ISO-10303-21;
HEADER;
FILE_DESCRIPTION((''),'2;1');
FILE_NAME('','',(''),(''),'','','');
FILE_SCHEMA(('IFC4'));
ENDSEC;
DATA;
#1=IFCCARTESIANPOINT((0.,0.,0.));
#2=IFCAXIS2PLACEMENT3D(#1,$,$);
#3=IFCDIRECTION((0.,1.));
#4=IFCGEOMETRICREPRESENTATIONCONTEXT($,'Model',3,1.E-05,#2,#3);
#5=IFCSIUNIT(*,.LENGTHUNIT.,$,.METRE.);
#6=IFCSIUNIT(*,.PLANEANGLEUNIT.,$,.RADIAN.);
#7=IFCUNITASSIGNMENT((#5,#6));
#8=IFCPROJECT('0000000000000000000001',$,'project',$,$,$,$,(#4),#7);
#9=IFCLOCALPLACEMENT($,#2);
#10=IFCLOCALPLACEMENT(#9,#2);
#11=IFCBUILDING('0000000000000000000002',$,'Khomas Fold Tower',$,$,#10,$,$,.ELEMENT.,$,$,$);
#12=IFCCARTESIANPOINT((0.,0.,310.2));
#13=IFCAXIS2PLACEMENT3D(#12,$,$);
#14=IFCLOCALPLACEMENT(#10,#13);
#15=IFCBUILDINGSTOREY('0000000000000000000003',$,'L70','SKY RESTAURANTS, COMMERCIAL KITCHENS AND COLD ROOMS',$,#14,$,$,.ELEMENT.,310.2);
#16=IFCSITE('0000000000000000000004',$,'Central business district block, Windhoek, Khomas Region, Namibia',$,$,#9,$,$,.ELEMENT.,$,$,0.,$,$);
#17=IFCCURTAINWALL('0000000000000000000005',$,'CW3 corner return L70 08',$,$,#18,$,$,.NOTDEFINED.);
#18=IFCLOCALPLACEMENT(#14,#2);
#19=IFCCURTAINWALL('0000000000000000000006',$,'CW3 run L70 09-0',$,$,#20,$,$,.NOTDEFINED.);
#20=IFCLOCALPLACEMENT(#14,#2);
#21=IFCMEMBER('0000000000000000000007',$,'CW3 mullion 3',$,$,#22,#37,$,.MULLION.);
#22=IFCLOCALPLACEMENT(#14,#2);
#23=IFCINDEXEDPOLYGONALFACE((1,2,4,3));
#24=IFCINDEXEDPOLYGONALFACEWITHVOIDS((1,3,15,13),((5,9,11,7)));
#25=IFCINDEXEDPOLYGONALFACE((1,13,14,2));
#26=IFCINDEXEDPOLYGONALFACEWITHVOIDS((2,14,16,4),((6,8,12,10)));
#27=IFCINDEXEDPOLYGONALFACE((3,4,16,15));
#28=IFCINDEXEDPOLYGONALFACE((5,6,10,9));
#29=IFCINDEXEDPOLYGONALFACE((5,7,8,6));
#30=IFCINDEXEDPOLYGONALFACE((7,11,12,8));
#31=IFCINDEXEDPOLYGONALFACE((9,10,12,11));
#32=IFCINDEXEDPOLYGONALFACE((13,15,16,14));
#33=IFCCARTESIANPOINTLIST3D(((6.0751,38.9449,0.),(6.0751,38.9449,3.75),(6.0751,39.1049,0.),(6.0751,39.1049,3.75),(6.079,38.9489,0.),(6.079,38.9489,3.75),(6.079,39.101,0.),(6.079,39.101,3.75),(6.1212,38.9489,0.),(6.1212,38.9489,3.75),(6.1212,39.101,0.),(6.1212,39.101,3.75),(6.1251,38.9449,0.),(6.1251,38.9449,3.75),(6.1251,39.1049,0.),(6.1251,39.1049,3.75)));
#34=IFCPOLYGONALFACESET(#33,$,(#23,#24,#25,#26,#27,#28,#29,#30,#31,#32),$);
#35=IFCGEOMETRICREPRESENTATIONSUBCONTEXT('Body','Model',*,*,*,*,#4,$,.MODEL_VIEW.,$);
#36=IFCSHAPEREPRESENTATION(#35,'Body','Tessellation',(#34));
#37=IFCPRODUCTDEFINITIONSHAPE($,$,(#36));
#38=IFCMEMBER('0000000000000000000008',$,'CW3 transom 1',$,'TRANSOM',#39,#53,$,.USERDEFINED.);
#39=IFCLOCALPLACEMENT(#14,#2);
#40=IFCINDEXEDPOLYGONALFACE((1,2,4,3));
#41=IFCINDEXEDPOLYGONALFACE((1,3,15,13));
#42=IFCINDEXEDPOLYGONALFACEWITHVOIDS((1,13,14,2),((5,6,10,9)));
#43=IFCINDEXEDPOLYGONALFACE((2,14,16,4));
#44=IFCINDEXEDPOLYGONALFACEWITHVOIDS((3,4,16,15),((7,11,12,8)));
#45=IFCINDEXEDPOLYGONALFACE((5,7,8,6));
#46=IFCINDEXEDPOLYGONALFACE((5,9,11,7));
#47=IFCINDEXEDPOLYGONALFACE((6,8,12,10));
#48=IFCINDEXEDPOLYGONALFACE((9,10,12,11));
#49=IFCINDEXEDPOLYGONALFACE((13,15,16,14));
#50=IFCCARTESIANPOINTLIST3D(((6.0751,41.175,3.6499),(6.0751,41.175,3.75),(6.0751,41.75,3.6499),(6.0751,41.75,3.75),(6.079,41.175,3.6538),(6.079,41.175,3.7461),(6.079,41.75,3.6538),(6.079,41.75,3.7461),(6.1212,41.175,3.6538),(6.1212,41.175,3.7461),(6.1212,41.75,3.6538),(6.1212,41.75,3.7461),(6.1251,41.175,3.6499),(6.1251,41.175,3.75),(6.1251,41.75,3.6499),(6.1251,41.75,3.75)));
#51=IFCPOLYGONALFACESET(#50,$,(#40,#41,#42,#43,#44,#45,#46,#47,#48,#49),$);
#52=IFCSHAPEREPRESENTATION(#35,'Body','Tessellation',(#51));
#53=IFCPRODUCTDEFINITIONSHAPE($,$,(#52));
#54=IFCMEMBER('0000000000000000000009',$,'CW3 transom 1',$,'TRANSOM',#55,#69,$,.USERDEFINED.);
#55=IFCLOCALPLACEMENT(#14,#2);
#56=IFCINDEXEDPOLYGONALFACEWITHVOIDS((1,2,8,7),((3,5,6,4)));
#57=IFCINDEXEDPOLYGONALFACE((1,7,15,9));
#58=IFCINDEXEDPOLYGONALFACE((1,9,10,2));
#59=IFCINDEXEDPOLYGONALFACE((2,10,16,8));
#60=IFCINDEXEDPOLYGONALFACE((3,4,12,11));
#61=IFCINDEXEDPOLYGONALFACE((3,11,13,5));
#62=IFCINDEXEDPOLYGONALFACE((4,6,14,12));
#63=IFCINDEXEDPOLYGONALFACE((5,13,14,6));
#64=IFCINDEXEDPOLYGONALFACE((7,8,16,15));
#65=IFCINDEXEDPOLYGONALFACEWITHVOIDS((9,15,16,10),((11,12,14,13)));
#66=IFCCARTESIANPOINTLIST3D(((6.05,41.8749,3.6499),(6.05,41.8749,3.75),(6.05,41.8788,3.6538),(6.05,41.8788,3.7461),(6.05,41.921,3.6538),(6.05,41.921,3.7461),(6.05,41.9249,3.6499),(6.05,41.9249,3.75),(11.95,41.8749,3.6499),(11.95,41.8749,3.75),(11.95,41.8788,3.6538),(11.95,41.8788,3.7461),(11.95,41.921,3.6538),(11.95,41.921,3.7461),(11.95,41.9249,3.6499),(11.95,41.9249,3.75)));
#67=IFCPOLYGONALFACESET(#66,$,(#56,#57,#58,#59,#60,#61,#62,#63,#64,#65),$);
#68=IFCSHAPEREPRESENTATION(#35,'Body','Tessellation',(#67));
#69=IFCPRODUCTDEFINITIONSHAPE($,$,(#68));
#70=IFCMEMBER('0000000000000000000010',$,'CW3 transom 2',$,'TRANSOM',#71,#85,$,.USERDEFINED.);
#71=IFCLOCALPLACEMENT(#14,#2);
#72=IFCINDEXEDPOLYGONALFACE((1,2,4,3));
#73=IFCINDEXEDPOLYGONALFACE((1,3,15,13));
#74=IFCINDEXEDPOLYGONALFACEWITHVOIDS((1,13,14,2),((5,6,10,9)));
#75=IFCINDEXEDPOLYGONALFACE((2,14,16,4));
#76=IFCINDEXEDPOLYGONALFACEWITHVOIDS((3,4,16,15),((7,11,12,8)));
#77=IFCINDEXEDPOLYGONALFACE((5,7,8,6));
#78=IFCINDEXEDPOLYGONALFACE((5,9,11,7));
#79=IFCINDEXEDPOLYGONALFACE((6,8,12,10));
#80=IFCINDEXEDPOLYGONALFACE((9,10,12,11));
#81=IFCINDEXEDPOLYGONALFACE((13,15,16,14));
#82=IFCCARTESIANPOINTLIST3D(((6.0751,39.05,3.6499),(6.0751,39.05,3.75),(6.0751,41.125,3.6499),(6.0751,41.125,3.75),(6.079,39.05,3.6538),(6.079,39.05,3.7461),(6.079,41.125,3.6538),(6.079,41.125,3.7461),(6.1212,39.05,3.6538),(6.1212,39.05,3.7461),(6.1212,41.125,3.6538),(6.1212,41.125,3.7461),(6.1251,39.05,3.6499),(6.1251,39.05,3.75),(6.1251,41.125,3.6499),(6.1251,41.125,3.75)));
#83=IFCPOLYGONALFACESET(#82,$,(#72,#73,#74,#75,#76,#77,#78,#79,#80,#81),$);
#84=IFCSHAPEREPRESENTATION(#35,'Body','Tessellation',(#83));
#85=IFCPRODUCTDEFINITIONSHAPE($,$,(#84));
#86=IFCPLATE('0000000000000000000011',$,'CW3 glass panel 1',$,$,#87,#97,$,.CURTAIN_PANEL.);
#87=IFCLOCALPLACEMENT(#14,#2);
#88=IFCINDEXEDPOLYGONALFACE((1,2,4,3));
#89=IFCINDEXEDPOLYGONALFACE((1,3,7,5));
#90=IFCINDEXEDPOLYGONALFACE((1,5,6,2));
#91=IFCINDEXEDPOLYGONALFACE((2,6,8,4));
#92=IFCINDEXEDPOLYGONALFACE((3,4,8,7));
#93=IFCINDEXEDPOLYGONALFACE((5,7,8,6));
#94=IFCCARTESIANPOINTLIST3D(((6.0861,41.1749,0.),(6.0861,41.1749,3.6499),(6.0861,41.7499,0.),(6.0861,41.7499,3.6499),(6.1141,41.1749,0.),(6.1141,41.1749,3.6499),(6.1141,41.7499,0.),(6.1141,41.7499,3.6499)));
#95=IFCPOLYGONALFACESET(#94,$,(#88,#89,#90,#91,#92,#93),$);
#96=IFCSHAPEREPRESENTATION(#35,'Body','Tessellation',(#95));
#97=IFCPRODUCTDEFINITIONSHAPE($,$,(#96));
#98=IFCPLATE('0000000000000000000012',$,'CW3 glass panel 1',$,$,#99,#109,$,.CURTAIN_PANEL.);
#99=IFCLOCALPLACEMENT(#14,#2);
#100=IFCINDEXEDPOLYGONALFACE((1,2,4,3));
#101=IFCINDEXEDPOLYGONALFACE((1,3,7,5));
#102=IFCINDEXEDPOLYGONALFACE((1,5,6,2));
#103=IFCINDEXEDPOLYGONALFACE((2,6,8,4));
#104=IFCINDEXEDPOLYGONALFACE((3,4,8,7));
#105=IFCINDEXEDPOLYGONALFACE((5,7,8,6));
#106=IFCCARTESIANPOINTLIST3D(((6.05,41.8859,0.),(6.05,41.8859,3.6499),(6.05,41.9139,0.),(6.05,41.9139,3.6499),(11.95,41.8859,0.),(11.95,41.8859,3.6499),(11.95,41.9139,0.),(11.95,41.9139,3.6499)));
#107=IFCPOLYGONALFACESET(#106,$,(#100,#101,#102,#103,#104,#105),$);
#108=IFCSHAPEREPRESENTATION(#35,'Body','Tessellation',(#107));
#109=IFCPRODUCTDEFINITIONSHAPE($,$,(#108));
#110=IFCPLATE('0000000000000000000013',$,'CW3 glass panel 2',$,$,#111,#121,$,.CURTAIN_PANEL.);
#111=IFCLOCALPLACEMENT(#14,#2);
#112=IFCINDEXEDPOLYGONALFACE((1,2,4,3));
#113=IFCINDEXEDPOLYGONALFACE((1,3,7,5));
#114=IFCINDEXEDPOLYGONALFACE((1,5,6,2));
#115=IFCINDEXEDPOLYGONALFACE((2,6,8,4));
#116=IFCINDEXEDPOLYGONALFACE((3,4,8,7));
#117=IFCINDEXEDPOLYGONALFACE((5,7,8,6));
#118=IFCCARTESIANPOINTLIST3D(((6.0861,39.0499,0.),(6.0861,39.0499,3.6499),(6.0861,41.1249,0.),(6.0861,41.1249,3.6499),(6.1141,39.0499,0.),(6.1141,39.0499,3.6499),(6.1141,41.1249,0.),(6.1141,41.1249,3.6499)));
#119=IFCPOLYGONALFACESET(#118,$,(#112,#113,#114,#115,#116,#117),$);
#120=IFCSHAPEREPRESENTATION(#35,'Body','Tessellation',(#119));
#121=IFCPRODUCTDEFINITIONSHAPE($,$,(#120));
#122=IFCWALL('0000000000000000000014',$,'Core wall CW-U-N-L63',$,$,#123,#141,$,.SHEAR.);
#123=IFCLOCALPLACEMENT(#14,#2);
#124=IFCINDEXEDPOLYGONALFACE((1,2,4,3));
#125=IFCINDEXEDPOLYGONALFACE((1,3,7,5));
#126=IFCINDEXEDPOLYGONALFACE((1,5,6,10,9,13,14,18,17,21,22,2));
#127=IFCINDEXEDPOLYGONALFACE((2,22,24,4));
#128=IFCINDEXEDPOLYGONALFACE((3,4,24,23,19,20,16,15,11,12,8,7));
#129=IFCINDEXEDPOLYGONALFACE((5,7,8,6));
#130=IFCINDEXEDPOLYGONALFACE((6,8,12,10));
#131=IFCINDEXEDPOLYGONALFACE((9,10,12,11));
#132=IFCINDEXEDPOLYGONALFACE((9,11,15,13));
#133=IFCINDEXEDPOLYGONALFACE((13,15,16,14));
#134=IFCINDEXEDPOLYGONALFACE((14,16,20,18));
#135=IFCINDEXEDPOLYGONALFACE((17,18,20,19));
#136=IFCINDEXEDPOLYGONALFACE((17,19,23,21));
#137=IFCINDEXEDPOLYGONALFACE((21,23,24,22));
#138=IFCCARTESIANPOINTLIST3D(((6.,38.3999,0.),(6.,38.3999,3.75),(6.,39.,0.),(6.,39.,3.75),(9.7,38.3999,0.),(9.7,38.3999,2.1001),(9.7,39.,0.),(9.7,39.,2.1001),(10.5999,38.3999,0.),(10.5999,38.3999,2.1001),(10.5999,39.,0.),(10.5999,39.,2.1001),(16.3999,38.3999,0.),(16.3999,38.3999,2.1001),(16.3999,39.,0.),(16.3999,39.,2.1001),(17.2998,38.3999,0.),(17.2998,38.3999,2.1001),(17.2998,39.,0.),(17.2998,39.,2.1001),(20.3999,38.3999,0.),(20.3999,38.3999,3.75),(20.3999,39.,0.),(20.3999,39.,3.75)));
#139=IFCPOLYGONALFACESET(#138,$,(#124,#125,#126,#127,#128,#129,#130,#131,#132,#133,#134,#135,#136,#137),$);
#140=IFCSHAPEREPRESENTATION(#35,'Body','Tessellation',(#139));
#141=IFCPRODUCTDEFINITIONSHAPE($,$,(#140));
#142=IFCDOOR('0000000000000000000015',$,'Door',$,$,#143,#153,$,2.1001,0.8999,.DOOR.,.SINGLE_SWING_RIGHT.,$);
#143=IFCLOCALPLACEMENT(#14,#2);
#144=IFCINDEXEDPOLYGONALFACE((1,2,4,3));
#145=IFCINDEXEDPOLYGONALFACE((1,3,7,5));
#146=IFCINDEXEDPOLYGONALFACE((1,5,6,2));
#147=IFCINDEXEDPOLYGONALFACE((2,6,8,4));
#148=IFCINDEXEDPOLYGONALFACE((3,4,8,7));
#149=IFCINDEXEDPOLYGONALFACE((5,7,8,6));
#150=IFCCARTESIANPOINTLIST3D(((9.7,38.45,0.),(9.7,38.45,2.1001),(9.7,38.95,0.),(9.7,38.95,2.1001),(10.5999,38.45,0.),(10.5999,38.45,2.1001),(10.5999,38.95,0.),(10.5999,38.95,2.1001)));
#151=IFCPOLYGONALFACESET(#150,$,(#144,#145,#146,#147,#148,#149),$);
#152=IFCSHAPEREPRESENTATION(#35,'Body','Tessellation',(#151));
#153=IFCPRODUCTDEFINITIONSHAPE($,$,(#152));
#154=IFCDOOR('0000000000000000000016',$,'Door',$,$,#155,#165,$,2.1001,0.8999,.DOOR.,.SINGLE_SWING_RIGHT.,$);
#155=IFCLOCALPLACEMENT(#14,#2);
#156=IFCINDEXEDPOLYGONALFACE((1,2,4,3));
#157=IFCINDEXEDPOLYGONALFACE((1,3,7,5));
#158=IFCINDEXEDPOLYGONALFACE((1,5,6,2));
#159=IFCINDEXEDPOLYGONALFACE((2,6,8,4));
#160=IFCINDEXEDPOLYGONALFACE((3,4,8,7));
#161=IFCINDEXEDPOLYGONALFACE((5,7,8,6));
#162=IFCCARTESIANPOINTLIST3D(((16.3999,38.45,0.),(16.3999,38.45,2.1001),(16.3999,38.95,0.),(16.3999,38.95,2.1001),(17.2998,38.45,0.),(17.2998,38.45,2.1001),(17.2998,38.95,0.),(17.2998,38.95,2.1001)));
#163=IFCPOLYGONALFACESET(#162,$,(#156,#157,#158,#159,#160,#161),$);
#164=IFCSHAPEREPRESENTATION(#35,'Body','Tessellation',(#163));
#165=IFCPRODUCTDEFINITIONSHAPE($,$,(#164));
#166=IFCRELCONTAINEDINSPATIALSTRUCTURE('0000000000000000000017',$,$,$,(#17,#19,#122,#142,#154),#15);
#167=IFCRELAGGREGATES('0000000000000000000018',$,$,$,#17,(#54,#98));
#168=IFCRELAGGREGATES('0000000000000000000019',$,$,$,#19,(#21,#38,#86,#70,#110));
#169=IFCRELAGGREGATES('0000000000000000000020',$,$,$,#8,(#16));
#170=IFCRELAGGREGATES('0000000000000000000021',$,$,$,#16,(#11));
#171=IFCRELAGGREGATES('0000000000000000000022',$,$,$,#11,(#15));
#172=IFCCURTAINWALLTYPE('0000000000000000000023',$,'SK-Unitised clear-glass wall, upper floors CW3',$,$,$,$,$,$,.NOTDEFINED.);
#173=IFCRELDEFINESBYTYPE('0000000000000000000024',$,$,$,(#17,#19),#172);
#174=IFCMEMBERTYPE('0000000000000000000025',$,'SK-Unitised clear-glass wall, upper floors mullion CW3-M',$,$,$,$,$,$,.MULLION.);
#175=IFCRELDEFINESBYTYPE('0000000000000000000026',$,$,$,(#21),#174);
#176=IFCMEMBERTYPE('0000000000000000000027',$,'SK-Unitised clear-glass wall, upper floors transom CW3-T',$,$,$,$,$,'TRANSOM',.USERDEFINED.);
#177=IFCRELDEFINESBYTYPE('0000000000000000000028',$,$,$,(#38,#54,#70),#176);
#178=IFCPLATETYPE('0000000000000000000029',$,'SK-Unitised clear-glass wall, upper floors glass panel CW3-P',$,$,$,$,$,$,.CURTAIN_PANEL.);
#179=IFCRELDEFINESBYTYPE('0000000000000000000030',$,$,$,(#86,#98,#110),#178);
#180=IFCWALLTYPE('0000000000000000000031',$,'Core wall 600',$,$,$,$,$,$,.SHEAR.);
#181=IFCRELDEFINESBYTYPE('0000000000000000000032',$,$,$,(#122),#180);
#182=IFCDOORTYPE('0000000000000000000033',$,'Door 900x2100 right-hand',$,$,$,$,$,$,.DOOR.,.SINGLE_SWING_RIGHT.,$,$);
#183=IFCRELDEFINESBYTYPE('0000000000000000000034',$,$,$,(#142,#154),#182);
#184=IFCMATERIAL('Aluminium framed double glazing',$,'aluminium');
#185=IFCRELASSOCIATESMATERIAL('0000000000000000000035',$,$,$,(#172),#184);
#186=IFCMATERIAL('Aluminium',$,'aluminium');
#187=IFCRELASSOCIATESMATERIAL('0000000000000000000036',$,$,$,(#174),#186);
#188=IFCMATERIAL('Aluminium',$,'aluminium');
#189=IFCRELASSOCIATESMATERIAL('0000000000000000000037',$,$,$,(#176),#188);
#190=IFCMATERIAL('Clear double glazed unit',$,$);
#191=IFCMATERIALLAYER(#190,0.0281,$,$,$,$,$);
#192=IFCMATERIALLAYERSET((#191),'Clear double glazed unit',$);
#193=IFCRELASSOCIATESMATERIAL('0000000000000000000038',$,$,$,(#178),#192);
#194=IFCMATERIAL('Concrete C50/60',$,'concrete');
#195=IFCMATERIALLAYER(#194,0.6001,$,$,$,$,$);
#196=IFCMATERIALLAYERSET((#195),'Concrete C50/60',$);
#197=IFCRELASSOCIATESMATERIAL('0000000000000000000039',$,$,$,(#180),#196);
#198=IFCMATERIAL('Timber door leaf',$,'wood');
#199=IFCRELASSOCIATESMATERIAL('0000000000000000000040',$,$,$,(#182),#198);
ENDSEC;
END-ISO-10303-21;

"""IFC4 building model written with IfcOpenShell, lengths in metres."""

from ifc_helpers import new_model, si_unit, direction, frame, frame_2d, origin, origin_2d, place, context, subcontext, project, spatial, rectangle, hollow_rectangle, extrude, source, transform, mapped, material, layer, layer_set, material_profile, profile_set, type_object, element, fill, aggregate, save


model = new_model("IFC4")

# Units and contexts
model_context = context("Model", 3, precision=1e-05, world=origin(), true_north=direction((0.0, 1.0)))
body_context = subcontext(model_context, "Body", "Model", "MODEL_VIEW")
ifc_project = project(units=[si_unit("LENGTHUNIT", "METRE"), si_unit("PLANEANGLEUNIT", "RADIAN")], contexts=[model_context])

# Site, building, storey
site_placement = place(None, origin())
site = spatial("IfcSite", under=ifc_project, at=site_placement, Name="Central business district block, Windhoek, Khomas Region, Namibia", CompositionType="ELEMENT", RefElevation=0.0)
building_placement = place(site_placement, origin())
building = spatial("IfcBuilding", under=site, at=building_placement, Name="Khomas Fold Tower", CompositionType="ELEMENT")
storey_placement = place(building_placement, frame((0.0, 0.0, 310.2)))
storey = spatial("IfcBuildingStorey", under=building, at=storey_placement, Name="L70", Description="SKY RESTAURANTS, COMMERCIAL KITCHENS AND COLD ROOMS", CompositionType="ELEMENT", Elevation=310.2)

# Curtain walls, members
ifc_material_1 = material(Name="Aluminium framed double glazing", Category="aluminium")
curtain_wall_type = type_object("IfcCurtainWallType", Name="SK-Unitised clear-glass wall, upper floors CW3", PredefinedType="NOTDEFINED", material=ifc_material_1)
curtain_wall_1_placement = place(storey_placement, origin())
curtain_wall_1 = element("IfcCurtainWall", 1, at=curtain_wall_1_placement, inside=storey, type_object=curtain_wall_type, Name="CW3 corner return L70 08", PredefinedType="NOTDEFINED")
ifc_material_2 = material(Name="Aluminium", Category="aluminium")
ifc_material_profile_1 = material_profile(ifc_material_2, hollow_rectangle(XDim=0.05, YDim=0.1599, WallThickness=0.0039, at=origin_2d()), Name="SK-Unitised clear-glass wall, upper floors mullion CW3-M")
ifc_profile_set_1 = profile_set([ifc_material_profile_1], Name="Aluminium")
member_type_1 = type_object("IfcMemberType", Name="SK-Unitised clear-glass wall, upper floors mullion CW3-M", PredefinedType="MULLION", material=ifc_profile_set_1)
shared_shape_1 = source(origin(), body_context, "Body", "SweptSolid", [
    extrude(hollow_rectangle(XDim=0.05, YDim=0.1599, WallThickness=0.0039, at=origin_2d()), origin(), (0.0, 0.0, 1.0), 3.75),
])
curtain_wall_2_placement = place(storey_placement, origin())
curtain_wall_2 = element("IfcCurtainWall", 2, at=curtain_wall_2_placement, inside=storey, type_object=curtain_wall_type, Name="CW3 run L70 09-0", PredefinedType="NOTDEFINED")
member_1_placement = place(storey_placement, frame((6.1001, 39.0249, 0.0), z_axis=(0.0, 0.0, 1.0), x_axis=(1.0, 0.0, 0.0)))
member_1 = element("IfcMember", 3, at=member_1_placement, type_object=member_type_1, Name="CW3 mullion 3", PredefinedType="MULLION", context=body_context, shape_type="MappedRepresentation", body=[
    mapped(shared_shape_1, transform((0.0, 0.0, 0.0))),
])
ifc_material_3 = material(Name="Aluminium", Category="aluminium")
ifc_material_profile_2 = material_profile(ifc_material_3, hollow_rectangle(XDim=0.05, YDim=0.1001, WallThickness=0.0039, at=origin_2d()), Name="SK-Unitised clear-glass wall, upper floors transom CW3-T")
ifc_profile_set_2 = profile_set([ifc_material_profile_2], Name="Aluminium")
member_type_2 = type_object("IfcMemberType", Name="SK-Unitised clear-glass wall, upper floors transom CW3-T", ElementType="TRANSOM", PredefinedType="USERDEFINED", material=ifc_profile_set_2)
shared_shape_2 = source(origin(), body_context, "Body", "SweptSolid", [
    extrude(hollow_rectangle(XDim=0.05, YDim=0.1001, WallThickness=0.0039, at=origin_2d()), origin(), (0.0, 0.0, 1.0), 0.575),
])
member_2_placement = place(storey_placement, frame((6.1001, 41.75, 3.7), z_axis=(0.0, -1.0, 0.0), x_axis=(1.0, 0.0, 0.0)))
member_2 = element("IfcMember", 4, at=member_2_placement, type_object=member_type_2, Name="CW3 transom 1", ObjectType="TRANSOM", PredefinedType="USERDEFINED", context=body_context, shape_type="MappedRepresentation", body=[
    mapped(shared_shape_2, transform((0.0, 0.0, 0.0))),
])

# Members
shared_shape_3 = source(origin(), body_context, "Body", "SweptSolid", [
    extrude(hollow_rectangle(XDim=0.05, YDim=0.1001, WallThickness=0.0039, at=origin_2d()), origin(), (0.0, 0.0, 1.0), 5.8999),
])
member_3_placement = place(storey_placement, frame((11.95, 41.8999, 3.7), z_axis=(-1.0, 0.0, 0.0), x_axis=(0.0, -1.0, 0.0)))
member_3 = element("IfcMember", 5, at=member_3_placement, type_object=member_type_2, Name="CW3 transom 1", ObjectType="TRANSOM", PredefinedType="USERDEFINED", context=body_context, shape_type="MappedRepresentation", body=[
    mapped(shared_shape_3, transform((0.0, 0.0, 0.0))),
])
shared_shape_4 = source(origin(), body_context, "Body", "SweptSolid", [
    extrude(hollow_rectangle(XDim=0.05, YDim=0.1001, WallThickness=0.0039, at=origin_2d()), origin(), (0.0, 0.0, 1.0), 2.075),
])
member_4_placement = place(storey_placement, frame((6.1001, 41.125, 3.7), z_axis=(0.0, -1.0, 0.0), x_axis=(1.0, 0.0, 0.0)))
member_4 = element("IfcMember", 6, at=member_4_placement, type_object=member_type_2, Name="CW3 transom 2", ObjectType="TRANSOM", PredefinedType="USERDEFINED", context=body_context, shape_type="MappedRepresentation", body=[
    mapped(shared_shape_4, transform((0.0, 0.0, 0.0))),
])

# Plates
ifc_material_4 = material(Name="Clear double glazed unit")
ifc_layer_1 = layer(ifc_material_4, 0.0281)
ifc_layer_set_1 = layer_set([ifc_layer_1], Name="Clear double glazed unit")
plate_type = type_object("IfcPlateType", Name="SK-Unitised clear-glass wall, upper floors glass panel CW3-P", PredefinedType="CURTAIN_PANEL", material=ifc_layer_set_1)
shared_shape_5 = source(origin(), body_context, "Body", "SweptSolid", [
    extrude(rectangle(XDim=0.575, YDim=0.0281, at=origin_2d()), origin(), (0.0, 0.0, 1.0), 3.6499),
])
plate_1_placement = place(storey_placement, frame((6.1001, 41.4624, 0.0), z_axis=(0.0, 0.0, 1.0), x_axis=(0.0, -1.0, 0.0)))
plate_1 = element("IfcPlate", 7, at=plate_1_placement, type_object=plate_type, Name="CW3 glass panel 1", PredefinedType="CURTAIN_PANEL", context=body_context, shape_type="MappedRepresentation", body=[
    mapped(shared_shape_5, transform((0.0, 0.0, 0.0))),
])
shared_shape_6 = source(origin(), body_context, "Body", "SweptSolid", [
    extrude(rectangle(XDim=5.8999, YDim=0.0281, at=origin_2d()), origin(), (0.0, 0.0, 1.0), 3.6499),
])
plate_2_placement = place(storey_placement, frame((9.0, 41.8999, 0.0), z_axis=(0.0, 0.0, 1.0), x_axis=(-1.0, 0.0, 0.0)))
plate_2 = element("IfcPlate", 8, at=plate_2_placement, type_object=plate_type, Name="CW3 glass panel 1", PredefinedType="CURTAIN_PANEL", context=body_context, shape_type="MappedRepresentation", body=[
    mapped(shared_shape_6, transform((0.0, 0.0, 0.0))),
])
aggregate(curtain_wall_1, [member_3, plate_2])
shared_shape_7 = source(origin(), body_context, "Body", "SweptSolid", [
    extrude(rectangle(XDim=2.075, YDim=0.0281, at=origin_2d()), origin(), (0.0, 0.0, 1.0), 3.6499),
])
plate_3_placement = place(storey_placement, frame((6.1001, 40.0874, 0.0), z_axis=(0.0, 0.0, 1.0), x_axis=(0.0, -1.0, 0.0)))
plate_3 = element("IfcPlate", 9, at=plate_3_placement, type_object=plate_type, Name="CW3 glass panel 2", PredefinedType="CURTAIN_PANEL", context=body_context, shape_type="MappedRepresentation", body=[
    mapped(shared_shape_7, transform((0.0, 0.0, 0.0))),
])
aggregate(curtain_wall_2, [member_1, member_2, plate_1, member_4, plate_3])

# Wall, openings, doors
ifc_material_5 = material(Name="Concrete C50/60", Category="concrete")
ifc_layer_2 = layer(ifc_material_5, 0.6001)
ifc_layer_set_2 = layer_set([ifc_layer_2], Name="Concrete C50/60")
wall_type_1 = type_object("IfcWallType", Name="Core wall 600", PredefinedType="SHEAR", material=ifc_layer_set_2)
shared_shape_8 = source(origin(), body_context, "Body", "SweptSolid", [
    extrude(rectangle(XDim=14.3999, YDim=0.6001, at=frame_2d((7.2, 0.0))), origin(), (0.0, 0.0, 1.0), 3.75),
])
wall_1_placement = place(storey_placement, frame((6.0, 38.7, 0.0), z_axis=(0.0, 0.0, 1.0), x_axis=(1.0, 0.0, 0.0)))
wall_1 = element("IfcWall", 10, at=wall_1_placement, inside=storey, type_object=wall_type_1, Name="Core wall CW-U-N-L63", PredefinedType="SHEAR", context=body_context, shape_type="MappedRepresentation", body=[
    mapped(shared_shape_8, transform((0.0, 0.0, 0.0))),
])
shared_shape_9 = source(origin(), body_context, "Body", "SweptSolid", [
    extrude(rectangle(XDim=0.8999, YDim=2.1001, at=frame_2d((0.45, 1.05))), frame((0.0, 0.3101, 0.0), z_axis=(0.0, -1.0, 0.0), x_axis=(1.0, 0.0, 0.0)), (0.0, 0.0, 1.0), 0.6201),
])
opening_1_placement = place(wall_1_placement, frame((3.7, 0.0, 0.0)))
opening_1 = element("IfcOpeningElement", 11, at=opening_1_placement, cuts=wall_1, PredefinedType="OPENING", context=body_context, shape_type="MappedRepresentation", body=[
    mapped(shared_shape_9, transform((0.0, 0.0, 0.0))),
])
opening_2_placement = place(wall_1_placement, frame((10.3999, 0.0, 0.0)))
opening_2 = element("IfcOpeningElement", 12, at=opening_2_placement, cuts=wall_1, PredefinedType="OPENING", context=body_context, shape_type="MappedRepresentation", body=[
    mapped(shared_shape_9, transform((0.0, 0.0, 0.0))),
])
ifc_material_6 = material(Name="Timber door leaf", Category="wood")
door_type = type_object("IfcDoorType", Name="Door 900x2100 right-hand", OperationType="SINGLE_SWING_RIGHT", PredefinedType="DOOR", material=ifc_material_6)
shared_shape_10 = source(origin(), body_context, "Body", "SweptSolid", [
    extrude(rectangle(XDim=0.8999, YDim=2.1001, at=frame_2d((0.45, 1.05))), frame((0.0, 0.25, 0.0), z_axis=(0.0, -1.0, 0.0), x_axis=(1.0, 0.0, 0.0)), (0.0, 0.0, 1.0), 0.5),
])
door_1_placement = place(opening_1_placement, origin())
door_1 = element("IfcDoor", 13, at=door_1_placement, inside=storey, type_object=door_type, Name="Door", OperationType="SINGLE_SWING_RIGHT", OverallHeight=2.1001, OverallWidth=0.8999, PredefinedType="DOOR", context=body_context, shape_type="MappedRepresentation", body=[
    mapped(shared_shape_10, transform((0.0, 0.0, 0.0))),
])
fill(opening_1, door_1)
door_2_placement = place(opening_2_placement, origin())
door_2 = element("IfcDoor", 14, at=door_2_placement, inside=storey, type_object=door_type, Name="Door", OperationType="SINGLE_SWING_RIGHT", OverallHeight=2.1001, OverallWidth=0.8999, PredefinedType="DOOR", context=body_context, shape_type="MappedRepresentation", body=[
    mapped(shared_shape_10, transform((0.0, 0.0, 0.0))),
])
fill(opening_2, door_2)

save(model, "model.ifc")
